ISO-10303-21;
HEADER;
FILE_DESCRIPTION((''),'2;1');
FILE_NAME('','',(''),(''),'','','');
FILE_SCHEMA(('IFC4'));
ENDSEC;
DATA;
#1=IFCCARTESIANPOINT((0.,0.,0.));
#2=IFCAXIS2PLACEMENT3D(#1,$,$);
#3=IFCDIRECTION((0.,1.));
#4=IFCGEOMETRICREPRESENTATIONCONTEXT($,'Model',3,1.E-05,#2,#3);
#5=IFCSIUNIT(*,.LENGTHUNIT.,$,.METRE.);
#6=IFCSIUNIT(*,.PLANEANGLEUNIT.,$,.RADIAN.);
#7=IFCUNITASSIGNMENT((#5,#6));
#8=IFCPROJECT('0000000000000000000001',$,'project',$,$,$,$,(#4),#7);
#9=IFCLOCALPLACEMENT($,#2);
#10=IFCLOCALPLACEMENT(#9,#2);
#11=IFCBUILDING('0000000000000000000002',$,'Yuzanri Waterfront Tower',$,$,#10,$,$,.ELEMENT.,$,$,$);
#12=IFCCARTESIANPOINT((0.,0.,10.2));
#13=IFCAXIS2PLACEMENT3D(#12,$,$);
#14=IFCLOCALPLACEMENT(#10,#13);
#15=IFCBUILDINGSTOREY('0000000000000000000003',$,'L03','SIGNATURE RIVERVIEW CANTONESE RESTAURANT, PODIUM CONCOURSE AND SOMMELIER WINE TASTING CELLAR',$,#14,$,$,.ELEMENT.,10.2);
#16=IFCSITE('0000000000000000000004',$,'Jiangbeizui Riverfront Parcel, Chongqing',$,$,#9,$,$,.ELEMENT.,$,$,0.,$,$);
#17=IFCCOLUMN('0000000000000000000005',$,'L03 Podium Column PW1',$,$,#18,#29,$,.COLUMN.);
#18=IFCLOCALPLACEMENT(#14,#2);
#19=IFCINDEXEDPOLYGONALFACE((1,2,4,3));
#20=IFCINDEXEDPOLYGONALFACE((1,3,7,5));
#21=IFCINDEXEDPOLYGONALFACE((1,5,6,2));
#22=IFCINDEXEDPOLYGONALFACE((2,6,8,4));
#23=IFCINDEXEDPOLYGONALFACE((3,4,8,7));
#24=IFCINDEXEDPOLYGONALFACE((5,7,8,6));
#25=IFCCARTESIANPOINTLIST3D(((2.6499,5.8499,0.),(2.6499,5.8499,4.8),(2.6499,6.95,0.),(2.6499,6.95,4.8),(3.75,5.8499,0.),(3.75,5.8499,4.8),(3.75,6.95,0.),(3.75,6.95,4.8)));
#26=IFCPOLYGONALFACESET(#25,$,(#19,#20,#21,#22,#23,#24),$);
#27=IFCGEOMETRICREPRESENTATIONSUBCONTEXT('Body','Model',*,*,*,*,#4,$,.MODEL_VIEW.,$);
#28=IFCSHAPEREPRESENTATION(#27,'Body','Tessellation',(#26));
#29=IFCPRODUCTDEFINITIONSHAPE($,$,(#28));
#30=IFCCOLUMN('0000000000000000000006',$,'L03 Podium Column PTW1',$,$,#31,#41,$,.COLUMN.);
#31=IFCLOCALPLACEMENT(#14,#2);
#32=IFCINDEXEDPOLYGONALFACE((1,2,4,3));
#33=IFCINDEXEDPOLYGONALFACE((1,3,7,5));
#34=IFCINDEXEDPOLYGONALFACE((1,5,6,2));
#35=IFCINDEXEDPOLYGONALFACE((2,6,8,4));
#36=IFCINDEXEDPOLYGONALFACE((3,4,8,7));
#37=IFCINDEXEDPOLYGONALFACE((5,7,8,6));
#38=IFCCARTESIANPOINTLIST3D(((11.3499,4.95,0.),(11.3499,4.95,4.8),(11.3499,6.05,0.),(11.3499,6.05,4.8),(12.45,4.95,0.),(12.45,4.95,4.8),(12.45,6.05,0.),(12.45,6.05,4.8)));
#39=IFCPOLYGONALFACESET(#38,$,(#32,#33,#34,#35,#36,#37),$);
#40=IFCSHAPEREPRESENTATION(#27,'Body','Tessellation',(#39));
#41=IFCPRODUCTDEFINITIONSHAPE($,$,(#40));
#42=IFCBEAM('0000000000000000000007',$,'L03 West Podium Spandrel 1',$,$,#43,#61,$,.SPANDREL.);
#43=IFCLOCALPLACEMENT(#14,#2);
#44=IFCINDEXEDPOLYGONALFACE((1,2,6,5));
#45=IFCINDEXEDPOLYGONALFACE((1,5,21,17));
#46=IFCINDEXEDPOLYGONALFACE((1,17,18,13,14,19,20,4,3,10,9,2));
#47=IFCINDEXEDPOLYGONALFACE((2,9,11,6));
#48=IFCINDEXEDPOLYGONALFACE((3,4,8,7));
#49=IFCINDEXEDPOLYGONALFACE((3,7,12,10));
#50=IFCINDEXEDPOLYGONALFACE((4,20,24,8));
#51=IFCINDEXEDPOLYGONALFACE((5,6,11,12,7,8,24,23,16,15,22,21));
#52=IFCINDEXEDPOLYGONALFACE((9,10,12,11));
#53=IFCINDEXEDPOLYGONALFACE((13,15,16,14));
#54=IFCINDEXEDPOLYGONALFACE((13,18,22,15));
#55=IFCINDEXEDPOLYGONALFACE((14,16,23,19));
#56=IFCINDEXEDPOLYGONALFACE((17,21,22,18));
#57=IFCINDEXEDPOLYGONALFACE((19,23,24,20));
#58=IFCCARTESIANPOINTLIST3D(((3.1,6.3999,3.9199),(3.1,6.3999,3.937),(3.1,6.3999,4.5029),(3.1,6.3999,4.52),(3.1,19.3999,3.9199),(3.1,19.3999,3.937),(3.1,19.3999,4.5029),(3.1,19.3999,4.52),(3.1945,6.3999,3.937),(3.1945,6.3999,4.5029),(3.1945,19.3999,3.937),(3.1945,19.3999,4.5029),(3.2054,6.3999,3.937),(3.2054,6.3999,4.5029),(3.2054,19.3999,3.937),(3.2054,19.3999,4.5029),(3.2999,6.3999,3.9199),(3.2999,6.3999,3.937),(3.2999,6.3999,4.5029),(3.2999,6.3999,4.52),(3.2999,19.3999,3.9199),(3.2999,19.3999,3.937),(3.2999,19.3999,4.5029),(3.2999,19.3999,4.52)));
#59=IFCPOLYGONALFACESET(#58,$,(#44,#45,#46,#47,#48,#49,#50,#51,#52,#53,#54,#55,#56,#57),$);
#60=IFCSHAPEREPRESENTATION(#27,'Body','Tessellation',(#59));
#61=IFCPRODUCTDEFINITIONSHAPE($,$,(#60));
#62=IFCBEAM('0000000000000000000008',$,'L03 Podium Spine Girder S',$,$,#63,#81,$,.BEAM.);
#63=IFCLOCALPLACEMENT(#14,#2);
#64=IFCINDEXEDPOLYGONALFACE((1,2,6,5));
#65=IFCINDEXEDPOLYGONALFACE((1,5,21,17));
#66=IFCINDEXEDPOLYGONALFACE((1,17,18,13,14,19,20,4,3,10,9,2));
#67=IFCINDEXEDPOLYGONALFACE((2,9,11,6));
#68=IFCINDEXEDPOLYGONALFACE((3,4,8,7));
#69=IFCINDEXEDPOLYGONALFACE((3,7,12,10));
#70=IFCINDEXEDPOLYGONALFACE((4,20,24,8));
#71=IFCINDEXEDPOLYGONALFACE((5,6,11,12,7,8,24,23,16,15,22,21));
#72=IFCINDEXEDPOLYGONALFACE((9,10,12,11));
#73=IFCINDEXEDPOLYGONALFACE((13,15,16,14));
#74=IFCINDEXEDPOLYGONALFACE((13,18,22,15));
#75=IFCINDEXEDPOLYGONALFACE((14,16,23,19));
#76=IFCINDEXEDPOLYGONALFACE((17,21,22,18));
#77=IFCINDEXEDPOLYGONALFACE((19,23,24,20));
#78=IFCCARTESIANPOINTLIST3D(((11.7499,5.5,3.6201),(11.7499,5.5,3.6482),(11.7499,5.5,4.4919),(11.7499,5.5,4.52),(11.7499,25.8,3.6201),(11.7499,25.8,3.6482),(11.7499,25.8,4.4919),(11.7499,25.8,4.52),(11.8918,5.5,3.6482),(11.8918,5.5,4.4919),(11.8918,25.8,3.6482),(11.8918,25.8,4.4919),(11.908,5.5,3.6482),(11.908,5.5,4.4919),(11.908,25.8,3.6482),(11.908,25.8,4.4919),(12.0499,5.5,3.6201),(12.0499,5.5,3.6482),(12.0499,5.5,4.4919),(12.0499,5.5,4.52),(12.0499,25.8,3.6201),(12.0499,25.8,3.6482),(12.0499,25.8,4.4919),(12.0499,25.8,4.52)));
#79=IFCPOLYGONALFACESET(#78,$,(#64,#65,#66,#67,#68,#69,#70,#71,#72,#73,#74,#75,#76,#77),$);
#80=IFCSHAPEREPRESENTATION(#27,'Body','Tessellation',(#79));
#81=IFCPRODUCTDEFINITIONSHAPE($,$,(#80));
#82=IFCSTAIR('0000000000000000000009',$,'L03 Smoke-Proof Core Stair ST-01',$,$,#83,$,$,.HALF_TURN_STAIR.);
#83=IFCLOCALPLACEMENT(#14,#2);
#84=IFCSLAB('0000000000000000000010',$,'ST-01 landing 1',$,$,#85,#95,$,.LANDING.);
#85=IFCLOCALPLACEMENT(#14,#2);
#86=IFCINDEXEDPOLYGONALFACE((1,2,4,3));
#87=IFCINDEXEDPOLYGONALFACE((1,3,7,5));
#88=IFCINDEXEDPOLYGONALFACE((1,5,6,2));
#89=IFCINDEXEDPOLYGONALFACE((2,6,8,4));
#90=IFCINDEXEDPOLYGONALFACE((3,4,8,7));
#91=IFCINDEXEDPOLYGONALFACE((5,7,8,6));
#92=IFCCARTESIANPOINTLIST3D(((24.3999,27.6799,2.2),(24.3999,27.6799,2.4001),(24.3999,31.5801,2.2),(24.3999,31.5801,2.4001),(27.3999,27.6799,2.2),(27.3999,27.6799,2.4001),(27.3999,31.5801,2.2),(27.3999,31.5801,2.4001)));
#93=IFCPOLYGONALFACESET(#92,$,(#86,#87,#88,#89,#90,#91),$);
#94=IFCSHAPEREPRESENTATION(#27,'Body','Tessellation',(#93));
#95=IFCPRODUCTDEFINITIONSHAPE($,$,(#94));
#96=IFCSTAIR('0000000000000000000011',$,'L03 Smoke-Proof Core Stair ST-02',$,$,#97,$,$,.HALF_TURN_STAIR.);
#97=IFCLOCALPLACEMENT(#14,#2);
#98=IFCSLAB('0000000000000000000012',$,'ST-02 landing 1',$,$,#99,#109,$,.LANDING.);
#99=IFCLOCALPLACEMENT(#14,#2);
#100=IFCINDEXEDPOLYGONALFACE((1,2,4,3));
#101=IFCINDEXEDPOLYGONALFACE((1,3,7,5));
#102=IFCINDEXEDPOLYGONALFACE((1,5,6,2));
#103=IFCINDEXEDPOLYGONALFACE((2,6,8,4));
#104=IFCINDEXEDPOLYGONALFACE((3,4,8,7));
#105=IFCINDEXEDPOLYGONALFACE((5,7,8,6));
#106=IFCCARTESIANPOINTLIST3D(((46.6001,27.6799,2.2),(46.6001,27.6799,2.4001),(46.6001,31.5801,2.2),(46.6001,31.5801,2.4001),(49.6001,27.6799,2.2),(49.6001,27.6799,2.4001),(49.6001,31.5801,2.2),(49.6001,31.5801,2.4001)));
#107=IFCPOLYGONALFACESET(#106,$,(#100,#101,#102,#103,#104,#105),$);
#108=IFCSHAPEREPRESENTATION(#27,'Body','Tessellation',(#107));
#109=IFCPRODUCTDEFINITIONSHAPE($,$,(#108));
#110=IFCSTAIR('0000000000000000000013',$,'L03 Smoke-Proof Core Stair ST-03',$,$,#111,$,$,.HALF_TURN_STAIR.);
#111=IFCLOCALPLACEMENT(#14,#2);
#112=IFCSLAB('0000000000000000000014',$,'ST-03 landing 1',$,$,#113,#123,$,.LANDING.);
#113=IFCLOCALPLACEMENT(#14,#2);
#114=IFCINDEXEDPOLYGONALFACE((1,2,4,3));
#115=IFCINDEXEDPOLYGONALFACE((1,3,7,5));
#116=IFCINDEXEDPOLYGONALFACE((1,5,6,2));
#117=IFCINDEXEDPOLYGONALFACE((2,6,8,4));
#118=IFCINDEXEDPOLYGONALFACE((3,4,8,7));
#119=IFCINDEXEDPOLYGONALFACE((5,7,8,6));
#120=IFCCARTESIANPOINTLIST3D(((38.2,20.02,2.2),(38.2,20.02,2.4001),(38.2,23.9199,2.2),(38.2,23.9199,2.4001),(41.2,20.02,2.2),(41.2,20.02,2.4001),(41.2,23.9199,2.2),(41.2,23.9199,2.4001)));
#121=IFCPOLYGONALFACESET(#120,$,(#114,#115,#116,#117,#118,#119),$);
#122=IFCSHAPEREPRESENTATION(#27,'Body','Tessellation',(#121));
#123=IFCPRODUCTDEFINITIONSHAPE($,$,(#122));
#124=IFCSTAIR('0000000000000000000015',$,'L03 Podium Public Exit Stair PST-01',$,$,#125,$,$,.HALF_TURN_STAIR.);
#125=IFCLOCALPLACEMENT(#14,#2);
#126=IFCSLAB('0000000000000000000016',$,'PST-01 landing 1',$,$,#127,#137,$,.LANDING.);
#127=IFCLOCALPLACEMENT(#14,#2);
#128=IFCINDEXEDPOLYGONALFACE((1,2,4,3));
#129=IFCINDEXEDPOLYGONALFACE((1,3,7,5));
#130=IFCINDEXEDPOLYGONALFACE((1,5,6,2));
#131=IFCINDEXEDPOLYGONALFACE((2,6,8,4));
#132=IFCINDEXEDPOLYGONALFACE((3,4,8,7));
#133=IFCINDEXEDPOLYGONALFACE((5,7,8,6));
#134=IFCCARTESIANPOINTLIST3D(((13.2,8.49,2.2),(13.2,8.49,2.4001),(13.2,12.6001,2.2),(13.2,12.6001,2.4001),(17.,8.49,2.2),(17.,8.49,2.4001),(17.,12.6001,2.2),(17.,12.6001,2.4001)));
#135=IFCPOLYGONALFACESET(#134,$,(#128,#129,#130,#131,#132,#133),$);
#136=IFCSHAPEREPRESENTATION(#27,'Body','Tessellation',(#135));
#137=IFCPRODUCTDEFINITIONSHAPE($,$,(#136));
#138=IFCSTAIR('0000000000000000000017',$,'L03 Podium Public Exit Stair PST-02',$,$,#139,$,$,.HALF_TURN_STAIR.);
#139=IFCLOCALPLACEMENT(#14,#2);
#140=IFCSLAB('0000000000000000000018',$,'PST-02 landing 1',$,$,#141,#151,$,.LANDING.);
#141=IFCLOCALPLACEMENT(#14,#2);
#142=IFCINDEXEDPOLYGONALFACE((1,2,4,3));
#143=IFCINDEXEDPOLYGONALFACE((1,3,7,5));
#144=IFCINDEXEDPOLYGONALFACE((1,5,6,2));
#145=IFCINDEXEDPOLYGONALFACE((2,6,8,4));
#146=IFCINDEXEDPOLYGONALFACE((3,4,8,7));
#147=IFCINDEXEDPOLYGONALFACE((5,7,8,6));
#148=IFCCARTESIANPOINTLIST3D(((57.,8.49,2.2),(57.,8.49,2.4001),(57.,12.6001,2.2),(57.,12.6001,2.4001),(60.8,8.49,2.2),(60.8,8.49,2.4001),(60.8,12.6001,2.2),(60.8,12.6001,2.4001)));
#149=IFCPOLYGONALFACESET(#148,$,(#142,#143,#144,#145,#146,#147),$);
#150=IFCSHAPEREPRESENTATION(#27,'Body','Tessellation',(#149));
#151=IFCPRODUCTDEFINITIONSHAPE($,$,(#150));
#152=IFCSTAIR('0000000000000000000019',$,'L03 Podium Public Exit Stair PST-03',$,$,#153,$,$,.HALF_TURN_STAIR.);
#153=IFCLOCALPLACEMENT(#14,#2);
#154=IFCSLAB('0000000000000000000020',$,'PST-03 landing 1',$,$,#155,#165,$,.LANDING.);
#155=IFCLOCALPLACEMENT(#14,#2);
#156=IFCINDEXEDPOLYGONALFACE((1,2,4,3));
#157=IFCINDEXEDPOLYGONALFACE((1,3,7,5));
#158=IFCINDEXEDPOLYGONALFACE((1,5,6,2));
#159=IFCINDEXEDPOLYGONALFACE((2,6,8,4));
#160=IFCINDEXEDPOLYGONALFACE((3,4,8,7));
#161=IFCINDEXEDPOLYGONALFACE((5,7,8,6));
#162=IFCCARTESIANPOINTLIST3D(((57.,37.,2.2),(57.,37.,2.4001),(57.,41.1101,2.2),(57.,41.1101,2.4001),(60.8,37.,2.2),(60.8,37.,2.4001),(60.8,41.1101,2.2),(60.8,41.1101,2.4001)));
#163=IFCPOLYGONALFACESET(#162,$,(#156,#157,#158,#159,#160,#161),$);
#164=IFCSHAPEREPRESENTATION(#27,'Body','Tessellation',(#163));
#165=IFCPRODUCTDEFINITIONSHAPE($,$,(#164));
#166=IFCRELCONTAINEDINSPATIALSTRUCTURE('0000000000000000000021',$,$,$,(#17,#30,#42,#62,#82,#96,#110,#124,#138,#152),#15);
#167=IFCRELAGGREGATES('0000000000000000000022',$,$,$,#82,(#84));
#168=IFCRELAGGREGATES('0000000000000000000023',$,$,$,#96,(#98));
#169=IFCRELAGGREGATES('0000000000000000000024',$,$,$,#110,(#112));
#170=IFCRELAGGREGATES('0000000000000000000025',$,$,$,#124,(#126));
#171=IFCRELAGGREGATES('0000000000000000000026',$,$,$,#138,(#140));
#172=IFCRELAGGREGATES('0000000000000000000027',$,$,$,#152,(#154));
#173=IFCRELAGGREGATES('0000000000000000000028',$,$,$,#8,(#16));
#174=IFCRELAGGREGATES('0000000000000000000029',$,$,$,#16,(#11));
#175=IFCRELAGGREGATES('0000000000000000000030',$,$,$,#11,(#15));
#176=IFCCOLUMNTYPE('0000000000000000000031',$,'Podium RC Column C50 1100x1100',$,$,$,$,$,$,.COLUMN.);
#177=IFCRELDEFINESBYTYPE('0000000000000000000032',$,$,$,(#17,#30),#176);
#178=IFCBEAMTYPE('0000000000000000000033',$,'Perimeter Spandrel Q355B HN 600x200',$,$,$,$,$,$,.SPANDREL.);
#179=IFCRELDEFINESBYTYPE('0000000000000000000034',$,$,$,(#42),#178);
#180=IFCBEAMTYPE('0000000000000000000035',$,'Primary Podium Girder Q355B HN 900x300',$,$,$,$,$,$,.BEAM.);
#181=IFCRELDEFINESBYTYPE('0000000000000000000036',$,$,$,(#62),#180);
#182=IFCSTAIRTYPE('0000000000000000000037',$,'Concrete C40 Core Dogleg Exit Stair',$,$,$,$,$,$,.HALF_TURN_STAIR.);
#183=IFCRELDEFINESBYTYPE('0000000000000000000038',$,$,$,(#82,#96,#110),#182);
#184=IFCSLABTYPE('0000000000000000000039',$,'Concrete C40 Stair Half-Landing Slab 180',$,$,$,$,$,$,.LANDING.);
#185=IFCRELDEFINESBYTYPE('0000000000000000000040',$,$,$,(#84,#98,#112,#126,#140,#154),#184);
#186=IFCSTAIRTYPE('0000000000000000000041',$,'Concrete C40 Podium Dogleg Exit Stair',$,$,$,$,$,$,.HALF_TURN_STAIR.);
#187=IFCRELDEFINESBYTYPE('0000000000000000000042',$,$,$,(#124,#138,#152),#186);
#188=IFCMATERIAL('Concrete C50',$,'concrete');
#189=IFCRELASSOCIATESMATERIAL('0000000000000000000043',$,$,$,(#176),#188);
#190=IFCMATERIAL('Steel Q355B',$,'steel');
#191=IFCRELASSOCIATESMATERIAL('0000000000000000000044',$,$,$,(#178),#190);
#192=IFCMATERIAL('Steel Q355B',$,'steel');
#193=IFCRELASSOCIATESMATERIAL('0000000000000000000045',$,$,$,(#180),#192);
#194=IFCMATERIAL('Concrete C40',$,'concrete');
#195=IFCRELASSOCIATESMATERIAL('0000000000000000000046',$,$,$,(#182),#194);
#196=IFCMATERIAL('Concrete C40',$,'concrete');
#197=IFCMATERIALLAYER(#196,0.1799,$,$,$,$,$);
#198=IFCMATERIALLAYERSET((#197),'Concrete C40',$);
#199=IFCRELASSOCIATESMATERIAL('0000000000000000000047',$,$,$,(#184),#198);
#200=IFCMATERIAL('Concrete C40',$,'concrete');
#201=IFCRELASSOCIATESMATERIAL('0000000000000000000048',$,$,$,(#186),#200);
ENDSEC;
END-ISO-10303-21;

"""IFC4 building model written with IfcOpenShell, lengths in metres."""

from ifc_helpers import new_model, si_unit, direction, frame, origin, origin_2d, place, context, subcontext, project, spatial, polyline, rectangle, i_section, outline, extrude, source, transform, mapped, material, layer, layer_set, material_profile, profile_set, type_object, element, aggregate, save


model = new_model("IFC4")

# Units and contexts
model_context = context("Model", 3, precision=1e-05, world=origin(), true_north=direction((0.0, 1.0)))
body_context = subcontext(model_context, "Body", "Model", "MODEL_VIEW")
ifc_project = project(units=[si_unit("LENGTHUNIT", "METRE"), si_unit("PLANEANGLEUNIT", "RADIAN")], contexts=[model_context])

# Site, building, storey
site_placement = place(None, origin())
site = spatial("IfcSite", under=ifc_project, at=site_placement, Name="Jiangbeizui Riverfront Parcel, Chongqing", CompositionType="ELEMENT", RefElevation=0.0)
building_placement = place(site_placement, origin())
building = spatial("IfcBuilding", under=site, at=building_placement, Name="Yuzanri Waterfront Tower", CompositionType="ELEMENT")
storey_placement = place(building_placement, frame((0.0, 0.0, 10.2)))
storey = spatial("IfcBuildingStorey", under=building, at=storey_placement, Name="L03", Description="SIGNATURE RIVERVIEW CANTONESE RESTAURANT, PODIUM CONCOURSE AND SOMMELIER WINE TASTING CELLAR", CompositionType="ELEMENT", Elevation=10.2)

# Columns
ifc_material_1 = material(Name="Concrete C50", Category="concrete")
ifc_material_profile_1 = material_profile(ifc_material_1, rectangle(XDim=1.1001, YDim=1.1001, at=origin_2d()), Name="RC 1100x1100")
ifc_profile_set_1 = profile_set([ifc_material_profile_1], Name="Concrete C50")
column_type = type_object("IfcColumnType", Name="Podium RC Column C50 1100x1100", PredefinedType="COLUMN", material=ifc_profile_set_1)
shared_shape_1 = source(origin(), body_context, "Body", "SweptSolid", [
    extrude(rectangle(XDim=1.1001, YDim=1.1001, at=origin_2d()), origin(), (0.0, 0.0, 1.0), 4.8),
])
for number, where, z_axis, x_axis, name in (
    (1, (3.2, 6.3999, 0.0), (0.0, 0.0, 1.0), (1.0, 0.0, 0.0), "L03 Podium Column PW1"),
    (2, (11.8999, 5.5, 0.0), (0.0, 0.0, 1.0), (1.0, 0.0, 0.0), "L03 Podium Column PTW1"),
):
    element("IfcColumn", number, at=place(storey_placement, frame(where, z_axis=z_axis, x_axis=x_axis)), inside=storey, type_object=column_type, Name=name, PredefinedType="COLUMN", context=body_context, shape_type="MappedRepresentation", body=[
        mapped(shared_shape_1, transform((0.0, 0.0, 0.0), scale=1.0)),
    ])

# Beams
ifc_material_2 = material(Name="Steel Q355B", Category="steel")
ifc_material_profile_2 = material_profile(ifc_material_2, i_section(OverallWidth=0.2, OverallDepth=0.6001, WebThickness=0.011, FlangeThickness=0.0171, at=origin_2d()), Name="HN 600x200x11x17")
ifc_profile_set_2 = profile_set([ifc_material_profile_2], Name="Steel Q355B")
beam_type_1 = type_object("IfcBeamType", Name="Perimeter Spandrel Q355B HN 600x200", PredefinedType="SPANDREL", material=ifc_profile_set_2)
shared_shape_2 = source(origin(), body_context, "Body", "SweptSolid", [
    extrude(i_section(OverallWidth=0.2, OverallDepth=0.6001, WebThickness=0.011, FlangeThickness=0.0171, at=origin_2d()), origin(), (0.0, 0.0, 1.0), 13.0),
])
beam_1_placement = place(storey_placement, frame((3.2, 6.3999, 4.22), z_axis=(0.0, 1.0, 0.0), x_axis=(-1.0, 0.0, 0.0)))
element("IfcBeam", 3, at=beam_1_placement, inside=storey, type_object=beam_type_1, Name="L03 West Podium Spandrel 1", PredefinedType="SPANDREL", context=body_context, shape_type="MappedRepresentation", body=[
    mapped(shared_shape_2, transform((0.0, 0.0, 0.0), scale=1.0)),
])
ifc_material_3 = material(Name="Steel Q355B", Category="steel")
ifc_material_profile_3 = material_profile(ifc_material_3, i_section(OverallWidth=0.3, OverallDepth=0.8999, WebThickness=0.0161, FlangeThickness=0.0281, at=origin_2d()), Name="HN 900x300x16x28")
ifc_profile_set_3 = profile_set([ifc_material_profile_3], Name="Steel Q355B")
beam_type_2 = type_object("IfcBeamType", Name="Primary Podium Girder Q355B HN 900x300", PredefinedType="BEAM", material=ifc_profile_set_3)
shared_shape_3 = source(origin(), body_context, "Body", "SweptSolid", [
    extrude(i_section(OverallWidth=0.3, OverallDepth=0.8999, WebThickness=0.0161, FlangeThickness=0.0281, at=origin_2d()), origin(), (0.0, 0.0, 1.0), 20.3),
])
beam_2_placement = place(storey_placement, frame((11.8999, 5.5, 4.0701), z_axis=(0.0, 1.0, 0.0), x_axis=(-1.0, 0.0, 0.0)))
element("IfcBeam", 4, at=beam_2_placement, inside=storey, type_object=beam_type_2, Name="L03 Podium Spine Girder S", PredefinedType="BEAM", context=body_context, shape_type="MappedRepresentation", body=[
    mapped(shared_shape_3, transform((0.0, 0.0, 0.0), scale=1.0)),
])

# Stairs, slabs
ifc_material_4 = material(Name="Concrete C40", Category="concrete")
stair_type_1 = type_object("IfcStairType", Name="Concrete C40 Core Dogleg Exit Stair", PredefinedType="HALF_TURN_STAIR", material=ifc_material_4)
stair_1_placement = place(storey_placement, origin())
stair_1 = element("IfcStair", 5, at=stair_1_placement, inside=storey, type_object=stair_type_1, Name="L03 Smoke-Proof Core Stair ST-01", PredefinedType="HALF_TURN_STAIR")
ifc_material_5 = material(Name="Concrete C40", Category="concrete")
ifc_layer_1 = layer(ifc_material_5, 0.1799)
ifc_layer_set_1 = layer_set([ifc_layer_1], Name="Concrete C40")
slab_type_1 = type_object("IfcSlabType", Name="Concrete C40 Stair Half-Landing Slab 180", PredefinedType="LANDING", material=ifc_layer_set_1)
slab_1_placement = place(storey_placement, frame((0.0, 0.0, 2.2)))
slab_1 = element("IfcSlab", 6, at=slab_1_placement, type_object=slab_type_1, Name="ST-01 landing 1", PredefinedType="LANDING", context=body_context, shape_type="SweptSolid", body=[
    extrude(outline(polyline([(27.3999, 27.6799), (27.3999, 31.5801), (24.3999, 31.5801), (24.3999, 27.6799), (27.3999, 27.6799)])), origin(), (0.0, 0.0, 1.0), 0.2002),
])
aggregate(stair_1, [slab_1])
stair_2_placement = place(storey_placement, origin())
stair_2 = element("IfcStair", 7, at=stair_2_placement, inside=storey, type_object=stair_type_1, Name="L03 Smoke-Proof Core Stair ST-02", PredefinedType="HALF_TURN_STAIR")
slab_2_placement = place(storey_placement, frame((0.0, 0.0, 2.2)))
slab_2 = element("IfcSlab", 8, at=slab_2_placement, type_object=slab_type_1, Name="ST-02 landing 1", PredefinedType="LANDING", context=body_context, shape_type="SweptSolid", body=[
    extrude(outline(polyline([(49.6001, 27.6799), (49.6001, 31.5801), (46.6001, 31.5801), (46.6001, 27.6799), (49.6001, 27.6799)])), origin(), (0.0, 0.0, 1.0), 0.2002),
])
aggregate(stair_2, [slab_2])
stair_3_placement = place(storey_placement, origin())
stair_3 = element("IfcStair", 9, at=stair_3_placement, inside=storey, type_object=stair_type_1, Name="L03 Smoke-Proof Core Stair ST-03", PredefinedType="HALF_TURN_STAIR")
slab_3_placement = place(storey_placement, frame((0.0, 0.0, 2.2)))
slab_3 = element("IfcSlab", 10, at=slab_3_placement, type_object=slab_type_1, Name="ST-03 landing 1", PredefinedType="LANDING", context=body_context, shape_type="SweptSolid", body=[
    extrude(outline(polyline([(38.2, 23.9199), (38.2, 20.02), (41.2, 20.02), (41.2, 23.9199), (38.2, 23.9199)])), origin(), (0.0, 0.0, 1.0), 0.2002),
])
aggregate(stair_3, [slab_3])
ifc_material_6 = material(Name="Concrete C40", Category="concrete")
stair_type_2 = type_object("IfcStairType", Name="Concrete C40 Podium Dogleg Exit Stair", PredefinedType="HALF_TURN_STAIR", material=ifc_material_6)
stair_4_placement = place(storey_placement, origin())
stair_4 = element("IfcStair", 11, at=stair_4_placement, inside=storey, type_object=stair_type_2, Name="L03 Podium Public Exit Stair PST-01", PredefinedType="HALF_TURN_STAIR")
slab_4_placement = place(storey_placement, frame((0.0, 0.0, 2.2)))
slab_4 = element("IfcSlab", 12, at=slab_4_placement, type_object=slab_type_1, Name="PST-01 landing 1", PredefinedType="LANDING", context=body_context, shape_type="SweptSolid", body=[
    extrude(outline(polyline([(17.0, 8.49), (17.0, 12.6001), (13.2, 12.6001), (13.2, 8.49), (17.0, 8.49)])), origin(), (0.0, 0.0, 1.0), 0.2002),
])
aggregate(stair_4, [slab_4])
stair_5_placement = place(storey_placement, origin())
stair_5 = element("IfcStair", 13, at=stair_5_placement, inside=storey, type_object=stair_type_2, Name="L03 Podium Public Exit Stair PST-02", PredefinedType="HALF_TURN_STAIR")
slab_5_placement = place(storey_placement, frame((0.0, 0.0, 2.2)))
slab_5 = element("IfcSlab", 14, at=slab_5_placement, type_object=slab_type_1, Name="PST-02 landing 1", PredefinedType="LANDING", context=body_context, shape_type="SweptSolid", body=[
    extrude(outline(polyline([(60.8, 8.49), (60.8, 12.6001), (57.0, 12.6001), (57.0, 8.49), (60.8, 8.49)])), origin(), (0.0, 0.0, 1.0), 0.2002),
])
aggregate(stair_5, [slab_5])
stair_6_placement = place(storey_placement, origin())
stair_6 = element("IfcStair", 15, at=stair_6_placement, inside=storey, type_object=stair_type_2, Name="L03 Podium Public Exit Stair PST-03", PredefinedType="HALF_TURN_STAIR")
slab_6_placement = place(storey_placement, frame((0.0, 0.0, 2.2)))
slab_6 = element("IfcSlab", 16, at=slab_6_placement, type_object=slab_type_1, Name="PST-03 landing 1", PredefinedType="LANDING", context=body_context, shape_type="SweptSolid", body=[
    extrude(outline(polyline([(57.0, 41.1101), (57.0, 37.0), (60.8, 37.0), (60.8, 41.1101), (57.0, 41.1101)])), origin(), (0.0, 0.0, 1.0), 0.2002),
])
aggregate(stair_6, [slab_6])

save(model, "model.ifc")
